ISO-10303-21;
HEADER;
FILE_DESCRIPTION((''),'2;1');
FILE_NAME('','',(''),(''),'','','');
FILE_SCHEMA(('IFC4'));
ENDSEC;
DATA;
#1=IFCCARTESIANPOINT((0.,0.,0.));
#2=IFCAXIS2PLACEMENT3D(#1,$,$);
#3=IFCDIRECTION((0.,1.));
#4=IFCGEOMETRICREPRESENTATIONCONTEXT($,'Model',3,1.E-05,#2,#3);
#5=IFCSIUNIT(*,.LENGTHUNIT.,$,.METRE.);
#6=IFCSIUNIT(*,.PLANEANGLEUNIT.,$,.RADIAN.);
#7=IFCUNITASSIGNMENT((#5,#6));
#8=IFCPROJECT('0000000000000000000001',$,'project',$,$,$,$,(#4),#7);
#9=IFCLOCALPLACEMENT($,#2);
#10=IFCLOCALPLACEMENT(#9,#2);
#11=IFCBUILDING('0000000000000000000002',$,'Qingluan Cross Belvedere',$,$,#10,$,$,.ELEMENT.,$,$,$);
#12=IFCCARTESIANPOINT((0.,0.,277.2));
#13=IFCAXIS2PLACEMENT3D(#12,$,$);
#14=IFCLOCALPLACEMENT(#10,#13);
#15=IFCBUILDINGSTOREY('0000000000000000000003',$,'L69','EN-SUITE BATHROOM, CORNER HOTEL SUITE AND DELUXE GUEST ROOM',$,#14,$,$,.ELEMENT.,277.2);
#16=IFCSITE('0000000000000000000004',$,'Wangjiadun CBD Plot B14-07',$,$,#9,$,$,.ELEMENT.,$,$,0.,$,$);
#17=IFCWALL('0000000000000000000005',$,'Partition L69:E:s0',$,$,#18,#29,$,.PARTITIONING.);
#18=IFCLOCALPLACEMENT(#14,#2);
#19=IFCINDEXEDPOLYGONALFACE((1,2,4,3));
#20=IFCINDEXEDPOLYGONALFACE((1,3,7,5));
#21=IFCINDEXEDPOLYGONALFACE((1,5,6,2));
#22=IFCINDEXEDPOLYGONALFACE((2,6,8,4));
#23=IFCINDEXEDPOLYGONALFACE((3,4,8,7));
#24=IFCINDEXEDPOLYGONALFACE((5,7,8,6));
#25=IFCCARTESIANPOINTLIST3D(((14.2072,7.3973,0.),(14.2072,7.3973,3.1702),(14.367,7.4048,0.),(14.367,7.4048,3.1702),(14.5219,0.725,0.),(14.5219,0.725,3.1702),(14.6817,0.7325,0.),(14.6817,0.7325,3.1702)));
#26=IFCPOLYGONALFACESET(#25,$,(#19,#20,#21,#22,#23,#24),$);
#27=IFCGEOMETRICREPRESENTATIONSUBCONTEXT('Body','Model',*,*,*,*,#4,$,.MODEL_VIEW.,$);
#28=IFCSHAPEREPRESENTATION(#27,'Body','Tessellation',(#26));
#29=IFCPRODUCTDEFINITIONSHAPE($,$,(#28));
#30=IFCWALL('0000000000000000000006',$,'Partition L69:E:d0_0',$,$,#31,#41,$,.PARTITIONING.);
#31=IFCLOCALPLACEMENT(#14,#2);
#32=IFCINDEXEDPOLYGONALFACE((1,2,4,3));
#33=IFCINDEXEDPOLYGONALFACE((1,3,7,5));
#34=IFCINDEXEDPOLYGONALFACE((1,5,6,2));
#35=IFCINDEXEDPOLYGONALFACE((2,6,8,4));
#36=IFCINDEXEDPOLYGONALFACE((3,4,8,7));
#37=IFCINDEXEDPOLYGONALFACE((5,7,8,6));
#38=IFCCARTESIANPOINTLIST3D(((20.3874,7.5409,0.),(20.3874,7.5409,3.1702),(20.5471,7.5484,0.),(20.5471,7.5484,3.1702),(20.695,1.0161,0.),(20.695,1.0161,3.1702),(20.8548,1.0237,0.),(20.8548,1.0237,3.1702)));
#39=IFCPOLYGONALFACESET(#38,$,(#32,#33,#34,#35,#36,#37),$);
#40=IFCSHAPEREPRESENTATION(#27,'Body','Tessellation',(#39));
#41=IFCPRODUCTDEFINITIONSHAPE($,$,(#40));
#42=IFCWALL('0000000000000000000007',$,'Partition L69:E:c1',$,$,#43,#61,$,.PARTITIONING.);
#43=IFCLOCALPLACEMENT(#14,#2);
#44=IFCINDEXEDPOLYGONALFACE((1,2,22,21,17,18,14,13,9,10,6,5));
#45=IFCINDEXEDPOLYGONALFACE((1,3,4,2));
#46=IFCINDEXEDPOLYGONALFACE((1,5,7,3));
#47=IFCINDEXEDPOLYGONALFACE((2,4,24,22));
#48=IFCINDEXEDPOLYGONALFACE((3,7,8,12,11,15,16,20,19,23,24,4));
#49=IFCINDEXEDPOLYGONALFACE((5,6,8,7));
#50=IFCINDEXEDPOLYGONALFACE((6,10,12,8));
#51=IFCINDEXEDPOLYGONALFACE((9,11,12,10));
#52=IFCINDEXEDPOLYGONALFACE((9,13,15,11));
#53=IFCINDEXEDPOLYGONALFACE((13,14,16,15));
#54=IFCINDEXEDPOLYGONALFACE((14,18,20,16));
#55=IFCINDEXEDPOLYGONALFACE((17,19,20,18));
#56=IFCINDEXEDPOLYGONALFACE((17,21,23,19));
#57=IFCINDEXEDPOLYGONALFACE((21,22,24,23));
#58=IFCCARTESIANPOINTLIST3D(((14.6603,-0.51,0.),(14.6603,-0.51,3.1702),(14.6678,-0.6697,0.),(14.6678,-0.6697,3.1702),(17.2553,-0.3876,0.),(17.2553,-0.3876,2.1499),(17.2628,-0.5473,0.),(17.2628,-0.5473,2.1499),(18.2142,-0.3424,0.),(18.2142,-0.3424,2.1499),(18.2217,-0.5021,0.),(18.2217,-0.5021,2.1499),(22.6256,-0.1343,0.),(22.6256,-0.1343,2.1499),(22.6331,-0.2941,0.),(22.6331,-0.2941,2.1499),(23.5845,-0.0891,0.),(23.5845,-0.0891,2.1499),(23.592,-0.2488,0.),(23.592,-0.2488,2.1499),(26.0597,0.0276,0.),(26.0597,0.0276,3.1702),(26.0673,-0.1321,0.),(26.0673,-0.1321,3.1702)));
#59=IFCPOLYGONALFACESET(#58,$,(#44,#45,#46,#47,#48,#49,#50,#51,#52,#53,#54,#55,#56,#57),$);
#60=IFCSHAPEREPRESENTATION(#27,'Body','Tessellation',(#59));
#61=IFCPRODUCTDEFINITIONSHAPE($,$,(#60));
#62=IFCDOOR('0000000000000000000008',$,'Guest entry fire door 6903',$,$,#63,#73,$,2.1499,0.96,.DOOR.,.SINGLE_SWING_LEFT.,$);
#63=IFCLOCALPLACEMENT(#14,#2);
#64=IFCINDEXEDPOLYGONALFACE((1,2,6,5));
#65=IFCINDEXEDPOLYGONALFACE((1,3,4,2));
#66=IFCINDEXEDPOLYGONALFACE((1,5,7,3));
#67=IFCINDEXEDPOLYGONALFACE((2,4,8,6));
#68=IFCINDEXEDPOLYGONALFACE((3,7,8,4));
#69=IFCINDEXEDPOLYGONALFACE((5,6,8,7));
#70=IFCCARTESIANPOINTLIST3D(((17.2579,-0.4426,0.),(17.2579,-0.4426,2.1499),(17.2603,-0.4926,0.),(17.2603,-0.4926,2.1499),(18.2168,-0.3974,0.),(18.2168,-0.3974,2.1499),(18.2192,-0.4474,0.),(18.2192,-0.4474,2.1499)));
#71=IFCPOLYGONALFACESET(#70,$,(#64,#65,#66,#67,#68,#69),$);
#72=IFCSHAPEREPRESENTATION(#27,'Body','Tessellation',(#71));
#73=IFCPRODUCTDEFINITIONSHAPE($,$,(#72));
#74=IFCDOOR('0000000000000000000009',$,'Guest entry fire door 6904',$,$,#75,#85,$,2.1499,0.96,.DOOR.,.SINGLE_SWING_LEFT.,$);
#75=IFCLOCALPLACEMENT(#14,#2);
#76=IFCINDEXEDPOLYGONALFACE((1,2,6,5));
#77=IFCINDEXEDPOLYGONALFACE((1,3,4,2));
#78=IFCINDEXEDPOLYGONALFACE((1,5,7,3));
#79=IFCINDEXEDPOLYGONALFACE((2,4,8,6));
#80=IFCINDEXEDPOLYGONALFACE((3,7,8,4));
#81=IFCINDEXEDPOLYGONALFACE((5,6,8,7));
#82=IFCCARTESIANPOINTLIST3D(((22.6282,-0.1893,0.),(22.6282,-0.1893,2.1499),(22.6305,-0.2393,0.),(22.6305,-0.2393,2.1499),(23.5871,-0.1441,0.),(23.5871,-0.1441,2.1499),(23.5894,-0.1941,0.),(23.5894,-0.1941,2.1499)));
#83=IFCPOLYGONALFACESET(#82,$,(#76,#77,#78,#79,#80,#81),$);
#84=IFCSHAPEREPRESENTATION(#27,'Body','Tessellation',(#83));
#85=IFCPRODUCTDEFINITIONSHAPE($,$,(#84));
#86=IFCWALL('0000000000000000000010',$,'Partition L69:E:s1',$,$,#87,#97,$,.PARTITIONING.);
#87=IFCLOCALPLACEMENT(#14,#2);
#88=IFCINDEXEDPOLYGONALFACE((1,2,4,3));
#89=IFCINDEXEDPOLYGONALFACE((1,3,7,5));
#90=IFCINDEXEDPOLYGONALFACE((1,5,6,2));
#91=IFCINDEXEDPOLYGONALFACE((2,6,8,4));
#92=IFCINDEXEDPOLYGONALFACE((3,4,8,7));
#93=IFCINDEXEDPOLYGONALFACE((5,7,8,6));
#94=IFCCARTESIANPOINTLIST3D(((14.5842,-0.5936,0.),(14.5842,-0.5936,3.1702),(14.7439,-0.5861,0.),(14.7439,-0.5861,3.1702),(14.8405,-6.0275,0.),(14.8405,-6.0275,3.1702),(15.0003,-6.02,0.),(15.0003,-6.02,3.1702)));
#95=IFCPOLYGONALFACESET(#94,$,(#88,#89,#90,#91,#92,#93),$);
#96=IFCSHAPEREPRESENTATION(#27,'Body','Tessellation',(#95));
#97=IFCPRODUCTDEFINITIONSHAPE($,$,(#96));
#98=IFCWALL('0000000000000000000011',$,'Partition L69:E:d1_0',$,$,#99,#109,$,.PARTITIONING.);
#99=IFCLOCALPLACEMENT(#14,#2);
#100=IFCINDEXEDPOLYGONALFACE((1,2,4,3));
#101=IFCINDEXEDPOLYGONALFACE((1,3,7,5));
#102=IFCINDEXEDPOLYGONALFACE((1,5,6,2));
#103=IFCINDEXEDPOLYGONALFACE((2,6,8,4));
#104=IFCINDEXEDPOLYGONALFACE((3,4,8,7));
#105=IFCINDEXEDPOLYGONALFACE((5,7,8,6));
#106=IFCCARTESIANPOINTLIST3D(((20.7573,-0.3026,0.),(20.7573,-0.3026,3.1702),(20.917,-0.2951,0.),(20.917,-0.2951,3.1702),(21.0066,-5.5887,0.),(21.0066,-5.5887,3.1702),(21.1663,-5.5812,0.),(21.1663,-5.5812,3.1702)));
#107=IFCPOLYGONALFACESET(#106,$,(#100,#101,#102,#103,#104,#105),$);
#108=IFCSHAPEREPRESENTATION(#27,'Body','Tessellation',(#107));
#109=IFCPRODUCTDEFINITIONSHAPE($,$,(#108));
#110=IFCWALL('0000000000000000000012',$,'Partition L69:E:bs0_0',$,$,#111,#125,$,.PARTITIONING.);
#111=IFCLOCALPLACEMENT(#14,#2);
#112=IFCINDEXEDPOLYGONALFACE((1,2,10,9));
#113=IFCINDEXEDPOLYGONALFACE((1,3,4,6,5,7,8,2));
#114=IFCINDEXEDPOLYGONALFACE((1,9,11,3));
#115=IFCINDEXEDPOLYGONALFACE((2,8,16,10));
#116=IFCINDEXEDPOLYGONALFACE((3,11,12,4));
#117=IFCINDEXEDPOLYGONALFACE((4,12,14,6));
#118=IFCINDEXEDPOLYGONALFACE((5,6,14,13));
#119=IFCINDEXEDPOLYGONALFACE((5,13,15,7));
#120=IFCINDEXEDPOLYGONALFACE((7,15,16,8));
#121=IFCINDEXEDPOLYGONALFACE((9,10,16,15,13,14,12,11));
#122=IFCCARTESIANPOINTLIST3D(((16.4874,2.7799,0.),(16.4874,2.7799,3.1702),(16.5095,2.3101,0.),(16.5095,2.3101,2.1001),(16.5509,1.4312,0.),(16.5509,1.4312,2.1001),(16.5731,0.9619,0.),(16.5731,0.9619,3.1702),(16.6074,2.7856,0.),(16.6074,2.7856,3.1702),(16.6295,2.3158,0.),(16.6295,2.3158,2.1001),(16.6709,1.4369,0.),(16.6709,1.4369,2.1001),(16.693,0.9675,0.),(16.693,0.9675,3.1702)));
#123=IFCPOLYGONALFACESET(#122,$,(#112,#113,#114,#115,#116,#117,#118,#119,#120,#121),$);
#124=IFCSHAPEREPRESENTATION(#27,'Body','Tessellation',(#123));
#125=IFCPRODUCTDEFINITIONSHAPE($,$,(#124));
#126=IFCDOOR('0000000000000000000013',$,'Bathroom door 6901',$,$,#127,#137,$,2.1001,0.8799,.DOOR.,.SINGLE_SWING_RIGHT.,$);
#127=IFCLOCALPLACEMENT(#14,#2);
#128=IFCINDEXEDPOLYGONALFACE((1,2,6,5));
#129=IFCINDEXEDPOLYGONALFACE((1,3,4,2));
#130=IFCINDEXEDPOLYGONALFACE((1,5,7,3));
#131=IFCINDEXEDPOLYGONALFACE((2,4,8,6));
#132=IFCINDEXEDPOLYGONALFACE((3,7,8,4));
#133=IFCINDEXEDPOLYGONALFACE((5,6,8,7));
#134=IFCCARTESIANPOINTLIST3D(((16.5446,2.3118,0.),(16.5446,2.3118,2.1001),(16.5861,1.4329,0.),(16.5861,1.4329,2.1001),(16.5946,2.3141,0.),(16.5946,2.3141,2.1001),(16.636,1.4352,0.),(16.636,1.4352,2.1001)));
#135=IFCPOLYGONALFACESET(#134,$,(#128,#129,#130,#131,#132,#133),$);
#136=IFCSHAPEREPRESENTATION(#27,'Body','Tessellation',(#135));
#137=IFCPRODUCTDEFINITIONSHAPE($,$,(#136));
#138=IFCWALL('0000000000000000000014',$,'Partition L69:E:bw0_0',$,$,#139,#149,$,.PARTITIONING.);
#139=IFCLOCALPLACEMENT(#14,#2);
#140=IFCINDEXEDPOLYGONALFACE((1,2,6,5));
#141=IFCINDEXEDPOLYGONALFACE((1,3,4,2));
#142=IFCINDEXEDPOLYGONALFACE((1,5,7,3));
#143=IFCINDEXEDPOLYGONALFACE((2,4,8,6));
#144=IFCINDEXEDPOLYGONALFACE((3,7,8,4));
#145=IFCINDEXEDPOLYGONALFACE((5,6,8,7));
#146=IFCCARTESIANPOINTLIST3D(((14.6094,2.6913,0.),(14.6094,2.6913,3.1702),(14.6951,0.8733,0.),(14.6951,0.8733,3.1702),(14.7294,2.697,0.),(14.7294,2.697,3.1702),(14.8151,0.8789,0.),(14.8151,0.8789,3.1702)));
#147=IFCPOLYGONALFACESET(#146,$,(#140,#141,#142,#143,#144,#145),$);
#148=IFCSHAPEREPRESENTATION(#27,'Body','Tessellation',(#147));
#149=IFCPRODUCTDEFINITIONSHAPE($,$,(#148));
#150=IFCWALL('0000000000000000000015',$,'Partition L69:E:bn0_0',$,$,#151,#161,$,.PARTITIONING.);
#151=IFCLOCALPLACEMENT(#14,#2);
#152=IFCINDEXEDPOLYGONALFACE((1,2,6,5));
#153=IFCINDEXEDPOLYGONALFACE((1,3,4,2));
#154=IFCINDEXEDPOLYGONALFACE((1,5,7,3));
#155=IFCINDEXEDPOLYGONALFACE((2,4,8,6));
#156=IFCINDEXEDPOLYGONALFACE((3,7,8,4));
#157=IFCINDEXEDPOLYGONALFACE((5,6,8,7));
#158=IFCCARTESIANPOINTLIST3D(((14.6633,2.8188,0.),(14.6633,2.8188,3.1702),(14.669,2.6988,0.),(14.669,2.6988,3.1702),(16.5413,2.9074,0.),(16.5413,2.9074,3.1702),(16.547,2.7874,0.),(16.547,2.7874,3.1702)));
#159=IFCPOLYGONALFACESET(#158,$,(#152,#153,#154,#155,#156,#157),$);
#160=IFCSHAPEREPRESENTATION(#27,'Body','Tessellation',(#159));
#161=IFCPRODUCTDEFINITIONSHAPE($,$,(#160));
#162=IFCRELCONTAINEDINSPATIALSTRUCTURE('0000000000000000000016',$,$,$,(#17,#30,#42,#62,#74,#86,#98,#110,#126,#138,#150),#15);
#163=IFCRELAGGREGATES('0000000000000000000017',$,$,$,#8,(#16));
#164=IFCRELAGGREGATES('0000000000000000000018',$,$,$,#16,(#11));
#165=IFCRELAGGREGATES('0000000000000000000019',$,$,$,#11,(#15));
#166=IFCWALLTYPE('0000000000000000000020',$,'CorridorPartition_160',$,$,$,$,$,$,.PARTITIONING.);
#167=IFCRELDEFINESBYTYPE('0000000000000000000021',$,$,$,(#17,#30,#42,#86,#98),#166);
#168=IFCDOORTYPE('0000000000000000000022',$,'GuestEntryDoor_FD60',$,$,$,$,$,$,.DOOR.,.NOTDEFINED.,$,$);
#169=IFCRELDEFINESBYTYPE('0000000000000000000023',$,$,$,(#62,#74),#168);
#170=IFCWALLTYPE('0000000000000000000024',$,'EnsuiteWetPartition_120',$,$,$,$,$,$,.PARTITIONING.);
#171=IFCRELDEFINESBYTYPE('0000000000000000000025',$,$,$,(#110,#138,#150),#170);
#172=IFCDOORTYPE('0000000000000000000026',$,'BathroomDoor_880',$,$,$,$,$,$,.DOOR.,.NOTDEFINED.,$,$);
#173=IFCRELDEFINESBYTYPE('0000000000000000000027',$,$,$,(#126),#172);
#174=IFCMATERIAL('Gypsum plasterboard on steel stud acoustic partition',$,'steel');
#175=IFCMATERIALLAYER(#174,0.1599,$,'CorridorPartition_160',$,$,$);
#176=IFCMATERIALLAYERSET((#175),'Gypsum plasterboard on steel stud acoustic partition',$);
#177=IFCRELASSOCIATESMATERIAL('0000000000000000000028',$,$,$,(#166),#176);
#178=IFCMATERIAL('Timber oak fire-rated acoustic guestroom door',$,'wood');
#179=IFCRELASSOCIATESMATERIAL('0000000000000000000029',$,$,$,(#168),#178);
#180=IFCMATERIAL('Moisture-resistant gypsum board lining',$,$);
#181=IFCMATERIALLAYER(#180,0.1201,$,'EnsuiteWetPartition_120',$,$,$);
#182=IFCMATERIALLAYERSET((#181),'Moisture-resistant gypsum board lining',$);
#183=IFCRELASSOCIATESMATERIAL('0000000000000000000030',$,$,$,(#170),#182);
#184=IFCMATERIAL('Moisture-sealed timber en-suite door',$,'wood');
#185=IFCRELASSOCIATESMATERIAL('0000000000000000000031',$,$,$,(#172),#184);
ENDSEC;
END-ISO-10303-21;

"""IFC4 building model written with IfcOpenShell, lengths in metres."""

from ifc_helpers import new_model, si_unit, direction, frame, frame_2d, origin, place, context, subcontext, project, spatial, rectangle, extrude, material, layer, layer_set, type_object, element, fill, save


model = new_model("IFC4")

# Units and contexts
model_context = context("Model", 3, precision=1e-05, world=origin(), true_north=direction((0.0, 1.0)))
body_context = subcontext(model_context, "Body", "Model", "MODEL_VIEW")
ifc_project = project(units=[si_unit("LENGTHUNIT", "METRE"), si_unit("PLANEANGLEUNIT", "RADIAN")], contexts=[model_context])

# Site, building, storey
site_placement = place(None, origin())
site = spatial("IfcSite", under=ifc_project, at=site_placement, Name="Wangjiadun CBD Plot B14-07", CompositionType="ELEMENT", RefElevation=0.0)
building_placement = place(site_placement, origin())
building = spatial("IfcBuilding", under=site, at=building_placement, Name="Qingluan Cross Belvedere", CompositionType="ELEMENT")
storey_placement = place(building_placement, frame((0.0, 0.0, 277.2)))
storey = spatial("IfcBuildingStorey", under=building, at=storey_placement, Name="L69", Description="EN-SUITE BATHROOM, CORNER HOTEL SUITE AND DELUXE GUEST ROOM", CompositionType="ELEMENT", Elevation=277.2)

# Shared definitions
ifc_material_1 = material(Name="Gypsum plasterboard on steel stud acoustic partition", Category="steel")
ifc_layer_1 = layer(ifc_material_1, 0.1599, Name="CorridorPartition_160")
ifc_layer_set_1 = layer_set([ifc_layer_1], Name="Gypsum plasterboard on steel stud acoustic partition")
wall_type_1 = type_object("IfcWallType", Name="CorridorPartition_160", PredefinedType="PARTITIONING", material=ifc_layer_set_1)
ifc_material_2 = material(Name="Timber oak fire-rated acoustic guestroom door", Category="wood")
door_type_1 = type_object("IfcDoorType", Name="GuestEntryDoor_FD60", OperationType="NOTDEFINED", PredefinedType="DOOR", material=ifc_material_2)

# Walls
wall_1_placement = place(storey_placement, frame((14.6018, 0.7288, 0.0), z_axis=(0.0, 0.0, 1.0), x_axis=(-0.047112, 0.99889, 0.0)))
element("IfcWall", 1, at=wall_1_placement, inside=storey, type_object=wall_type_1, Name="Partition L69:E:s0", PredefinedType="PARTITIONING", context=body_context, shape_type="SweptSolid", body=[
    extrude(rectangle(XDim=6.6797, YDim=0.1599, at=frame_2d((3.3398, 0.0))), origin(), (0.0, 0.0, 1.0), 3.1702),
])
wall_2_placement = place(storey_placement, frame((20.7749, 1.0198, 0.0), z_axis=(0.0, 0.0, 1.0), x_axis=(-0.047095, 0.99889, 0.0)))
element("IfcWall", 2, at=wall_2_placement, inside=storey, type_object=wall_type_1, Name="Partition L69:E:d0_0", PredefinedType="PARTITIONING", context=body_context, shape_type="SweptSolid", body=[
    extrude(rectangle(XDim=6.532, YDim=0.1599, at=frame_2d((3.2661, 0.0))), origin(), (0.0, 0.0, 1.0), 3.1702),
])

# Wall, openings, doors
wall_3_placement = place(storey_placement, frame((14.6641, -0.5898, 0.0), z_axis=(0.0, 0.0, 1.0), x_axis=(0.99889, 0.047108, 0.0)))
wall_3 = element("IfcWall", 3, at=wall_3_placement, inside=storey, type_object=wall_type_1, Name="Partition L69:E:c1", PredefinedType="PARTITIONING", context=body_context, shape_type="SweptSolid", body=[
    extrude(rectangle(XDim=11.4121, YDim=0.1599, at=frame_2d((5.7061, 0.0))), origin(), (0.0, 0.0, 1.0), 3.1702),
])
opening_1_placement = place(wall_3_placement, frame((2.5979, 0.0, 0.0)))
opening_1 = element("IfcOpeningElement", 4, at=opening_1_placement, cuts=wall_3, PredefinedType="OPENING", context=body_context, shape_type="SweptSolid", body=[
    extrude(rectangle(XDim=0.96, YDim=2.1499, at=frame_2d((0.48, 1.075))), frame((0.0, 0.0898, 0.0), z_axis=(0.0, -1.0, 0.0), x_axis=(1.0, 0.0, 0.0)), (0.0, 0.0, 1.0), 0.1799),
])
opening_2_placement = place(wall_3_placement, frame((7.9741, 0.0, 0.0)))
opening_2 = element("IfcOpeningElement", 5, at=opening_2_placement, cuts=wall_3, PredefinedType="OPENING", context=body_context, shape_type="SweptSolid", body=[
    extrude(rectangle(XDim=0.96, YDim=2.1499, at=frame_2d((0.48, 1.075))), frame((0.0, 0.0898, 0.0), z_axis=(0.0, -1.0, 0.0), x_axis=(1.0, 0.0, 0.0)), (0.0, 0.0, 1.0), 0.1799),
])
door_1_placement = place(opening_1_placement, origin())
door_1 = element("IfcDoor", 6, at=door_1_placement, inside=storey, type_object=door_type_1, Name="Guest entry fire door 6903", OperationType="SINGLE_SWING_LEFT", OverallHeight=2.1499, OverallWidth=0.96, PredefinedType="DOOR", context=body_context, shape_type="SweptSolid", body=[
    extrude(rectangle(XDim=0.96, YDim=2.1499, at=frame_2d((0.48, 1.075))), frame((0.0, 0.0249, 0.0), z_axis=(0.0, -1.0, 0.0), x_axis=(1.0, 0.0, 0.0)), (0.0, 0.0, 1.0), 0.05),
])
fill(opening_1, door_1)
door_2_placement = place(opening_2_placement, origin())
door_2 = element("IfcDoor", 7, at=door_2_placement, inside=storey, type_object=door_type_1, Name="Guest entry fire door 6904", OperationType="SINGLE_SWING_LEFT", OverallHeight=2.1499, OverallWidth=0.96, PredefinedType="DOOR", context=body_context, shape_type="SweptSolid", body=[
    extrude(rectangle(XDim=0.96, YDim=2.1499, at=frame_2d((0.48, 1.075))), frame((0.0, 0.0249, 0.0), z_axis=(0.0, -1.0, 0.0), x_axis=(1.0, 0.0, 0.0)), (0.0, 0.0, 1.0), 0.05),
])
fill(opening_2, door_2)

# Walls
wall_4_placement = place(storey_placement, frame((14.6641, -0.5898, 0.0), z_axis=(0.0, 0.0, 1.0), x_axis=(0.047124, -0.998889, 0.0)))
element("IfcWall", 8, at=wall_4_placement, inside=storey, type_object=wall_type_1, Name="Partition L69:E:s1", PredefinedType="PARTITIONING", context=body_context, shape_type="SweptSolid", body=[
    extrude(rectangle(XDim=5.4399, YDim=0.1599, at=frame_2d((2.72, 0.0))), origin(), (0.0, 0.0, 1.0), 3.1702),
])
wall_5_placement = place(storey_placement, frame((20.8372, -0.2988, 0.0), z_axis=(0.0, 0.0, 1.0), x_axis=(0.047103, -0.99889, 0.0)))
element("IfcWall", 9, at=wall_5_placement, inside=storey, type_object=wall_type_1, Name="Partition L69:E:d1_0", PredefinedType="PARTITIONING", context=body_context, shape_type="SweptSolid", body=[
    extrude(rectangle(XDim=5.292, YDim=0.1599, at=frame_2d((2.646, 0.0))), origin(), (0.0, 0.0, 1.0), 3.1702),
])

# Wall, opening, door
ifc_material_3 = material(Name="Moisture-resistant gypsum board lining")
ifc_layer_2 = layer(ifc_material_3, 0.1201, Name="EnsuiteWetPartition_120")
ifc_layer_set_2 = layer_set([ifc_layer_2], Name="Moisture-resistant gypsum board lining")
wall_type_2 = type_object("IfcWallType", Name="EnsuiteWetPartition_120", PredefinedType="PARTITIONING", material=ifc_layer_set_2)
wall_6_placement = place(storey_placement, frame((16.6331, 0.9646, 0.0), z_axis=(0.0, 0.0, 1.0), x_axis=(-0.047081, 0.998891, 0.0)))
wall_6 = element("IfcWall", 10, at=wall_6_placement, inside=storey, type_object=wall_type_2, Name="Partition L69:E:bs0_0", PredefinedType="PARTITIONING", context=body_context, shape_type="SweptSolid", body=[
    extrude(rectangle(XDim=1.8201, YDim=0.1201, at=frame_2d((0.9102, 0.0))), origin(), (0.0, 0.0, 1.0), 3.1702),
])
opening_3_placement = place(wall_6_placement, frame((0.47, 0.0, 0.0)))
opening_3 = element("IfcOpeningElement", 11, at=opening_3_placement, cuts=wall_6, PredefinedType="OPENING", context=body_context, shape_type="SweptSolid", body=[
    extrude(rectangle(XDim=0.8799, YDim=2.1001, at=frame_2d((0.4399, 1.05))), frame((0.0, 0.0701, 0.0), z_axis=(0.0, -1.0, 0.0), x_axis=(1.0, 0.0, 0.0)), (0.0, 0.0, 1.0), 0.1401),
])
ifc_material_4 = material(Name="Moisture-sealed timber en-suite door", Category="wood")
door_type_2 = type_object("IfcDoorType", Name="BathroomDoor_880", OperationType="NOTDEFINED", PredefinedType="DOOR", material=ifc_material_4)
door_3_placement = place(opening_3_placement, origin())
door_3 = element("IfcDoor", 12, at=door_3_placement, inside=storey, type_object=door_type_2, Name="Bathroom door 6901", OperationType="SINGLE_SWING_RIGHT", OverallHeight=2.1001, OverallWidth=0.8799, PredefinedType="DOOR", context=body_context, shape_type="SweptSolid", body=[
    extrude(rectangle(XDim=0.8799, YDim=2.1001, at=frame_2d((0.4399, 1.05))), frame((0.0, 0.0249, 0.0), z_axis=(0.0, -1.0, 0.0), x_axis=(1.0, 0.0, 0.0)), (0.0, 0.0, 1.0), 0.05),
])
fill(opening_3, door_3)

# Walls
wall_7_placement = place(storey_placement, frame((14.7551, 0.876, 0.0), z_axis=(0.0, 0.0, 1.0), x_axis=(-0.047081, 0.998891, 0.0)))
element("IfcWall", 13, at=wall_7_placement, inside=storey, type_object=wall_type_2, Name="Partition L69:E:bw0_0", PredefinedType="PARTITIONING", context=body_context, shape_type="SweptSolid", body=[
    extrude(rectangle(XDim=1.8201, YDim=0.1201, at=frame_2d((0.9102, 0.0))), origin(), (0.0, 0.0, 1.0), 3.1702),
])
wall_8_placement = place(storey_placement, frame((14.6663, 2.7588, 0.0), z_axis=(0.0, 0.0, 1.0), x_axis=(0.998888, 0.047139, 0.0)))
element("IfcWall", 14, at=wall_8_placement, inside=storey, type_object=wall_type_2, Name="Partition L69:E:bn0_0", PredefinedType="PARTITIONING", context=body_context, shape_type="SweptSolid", body=[
    extrude(rectangle(XDim=1.8801, YDim=0.1201, at=frame_2d((0.9399, 0.0))), origin(), (0.0, 0.0, 1.0), 3.1702),
])

save(model, "model.ifc")
